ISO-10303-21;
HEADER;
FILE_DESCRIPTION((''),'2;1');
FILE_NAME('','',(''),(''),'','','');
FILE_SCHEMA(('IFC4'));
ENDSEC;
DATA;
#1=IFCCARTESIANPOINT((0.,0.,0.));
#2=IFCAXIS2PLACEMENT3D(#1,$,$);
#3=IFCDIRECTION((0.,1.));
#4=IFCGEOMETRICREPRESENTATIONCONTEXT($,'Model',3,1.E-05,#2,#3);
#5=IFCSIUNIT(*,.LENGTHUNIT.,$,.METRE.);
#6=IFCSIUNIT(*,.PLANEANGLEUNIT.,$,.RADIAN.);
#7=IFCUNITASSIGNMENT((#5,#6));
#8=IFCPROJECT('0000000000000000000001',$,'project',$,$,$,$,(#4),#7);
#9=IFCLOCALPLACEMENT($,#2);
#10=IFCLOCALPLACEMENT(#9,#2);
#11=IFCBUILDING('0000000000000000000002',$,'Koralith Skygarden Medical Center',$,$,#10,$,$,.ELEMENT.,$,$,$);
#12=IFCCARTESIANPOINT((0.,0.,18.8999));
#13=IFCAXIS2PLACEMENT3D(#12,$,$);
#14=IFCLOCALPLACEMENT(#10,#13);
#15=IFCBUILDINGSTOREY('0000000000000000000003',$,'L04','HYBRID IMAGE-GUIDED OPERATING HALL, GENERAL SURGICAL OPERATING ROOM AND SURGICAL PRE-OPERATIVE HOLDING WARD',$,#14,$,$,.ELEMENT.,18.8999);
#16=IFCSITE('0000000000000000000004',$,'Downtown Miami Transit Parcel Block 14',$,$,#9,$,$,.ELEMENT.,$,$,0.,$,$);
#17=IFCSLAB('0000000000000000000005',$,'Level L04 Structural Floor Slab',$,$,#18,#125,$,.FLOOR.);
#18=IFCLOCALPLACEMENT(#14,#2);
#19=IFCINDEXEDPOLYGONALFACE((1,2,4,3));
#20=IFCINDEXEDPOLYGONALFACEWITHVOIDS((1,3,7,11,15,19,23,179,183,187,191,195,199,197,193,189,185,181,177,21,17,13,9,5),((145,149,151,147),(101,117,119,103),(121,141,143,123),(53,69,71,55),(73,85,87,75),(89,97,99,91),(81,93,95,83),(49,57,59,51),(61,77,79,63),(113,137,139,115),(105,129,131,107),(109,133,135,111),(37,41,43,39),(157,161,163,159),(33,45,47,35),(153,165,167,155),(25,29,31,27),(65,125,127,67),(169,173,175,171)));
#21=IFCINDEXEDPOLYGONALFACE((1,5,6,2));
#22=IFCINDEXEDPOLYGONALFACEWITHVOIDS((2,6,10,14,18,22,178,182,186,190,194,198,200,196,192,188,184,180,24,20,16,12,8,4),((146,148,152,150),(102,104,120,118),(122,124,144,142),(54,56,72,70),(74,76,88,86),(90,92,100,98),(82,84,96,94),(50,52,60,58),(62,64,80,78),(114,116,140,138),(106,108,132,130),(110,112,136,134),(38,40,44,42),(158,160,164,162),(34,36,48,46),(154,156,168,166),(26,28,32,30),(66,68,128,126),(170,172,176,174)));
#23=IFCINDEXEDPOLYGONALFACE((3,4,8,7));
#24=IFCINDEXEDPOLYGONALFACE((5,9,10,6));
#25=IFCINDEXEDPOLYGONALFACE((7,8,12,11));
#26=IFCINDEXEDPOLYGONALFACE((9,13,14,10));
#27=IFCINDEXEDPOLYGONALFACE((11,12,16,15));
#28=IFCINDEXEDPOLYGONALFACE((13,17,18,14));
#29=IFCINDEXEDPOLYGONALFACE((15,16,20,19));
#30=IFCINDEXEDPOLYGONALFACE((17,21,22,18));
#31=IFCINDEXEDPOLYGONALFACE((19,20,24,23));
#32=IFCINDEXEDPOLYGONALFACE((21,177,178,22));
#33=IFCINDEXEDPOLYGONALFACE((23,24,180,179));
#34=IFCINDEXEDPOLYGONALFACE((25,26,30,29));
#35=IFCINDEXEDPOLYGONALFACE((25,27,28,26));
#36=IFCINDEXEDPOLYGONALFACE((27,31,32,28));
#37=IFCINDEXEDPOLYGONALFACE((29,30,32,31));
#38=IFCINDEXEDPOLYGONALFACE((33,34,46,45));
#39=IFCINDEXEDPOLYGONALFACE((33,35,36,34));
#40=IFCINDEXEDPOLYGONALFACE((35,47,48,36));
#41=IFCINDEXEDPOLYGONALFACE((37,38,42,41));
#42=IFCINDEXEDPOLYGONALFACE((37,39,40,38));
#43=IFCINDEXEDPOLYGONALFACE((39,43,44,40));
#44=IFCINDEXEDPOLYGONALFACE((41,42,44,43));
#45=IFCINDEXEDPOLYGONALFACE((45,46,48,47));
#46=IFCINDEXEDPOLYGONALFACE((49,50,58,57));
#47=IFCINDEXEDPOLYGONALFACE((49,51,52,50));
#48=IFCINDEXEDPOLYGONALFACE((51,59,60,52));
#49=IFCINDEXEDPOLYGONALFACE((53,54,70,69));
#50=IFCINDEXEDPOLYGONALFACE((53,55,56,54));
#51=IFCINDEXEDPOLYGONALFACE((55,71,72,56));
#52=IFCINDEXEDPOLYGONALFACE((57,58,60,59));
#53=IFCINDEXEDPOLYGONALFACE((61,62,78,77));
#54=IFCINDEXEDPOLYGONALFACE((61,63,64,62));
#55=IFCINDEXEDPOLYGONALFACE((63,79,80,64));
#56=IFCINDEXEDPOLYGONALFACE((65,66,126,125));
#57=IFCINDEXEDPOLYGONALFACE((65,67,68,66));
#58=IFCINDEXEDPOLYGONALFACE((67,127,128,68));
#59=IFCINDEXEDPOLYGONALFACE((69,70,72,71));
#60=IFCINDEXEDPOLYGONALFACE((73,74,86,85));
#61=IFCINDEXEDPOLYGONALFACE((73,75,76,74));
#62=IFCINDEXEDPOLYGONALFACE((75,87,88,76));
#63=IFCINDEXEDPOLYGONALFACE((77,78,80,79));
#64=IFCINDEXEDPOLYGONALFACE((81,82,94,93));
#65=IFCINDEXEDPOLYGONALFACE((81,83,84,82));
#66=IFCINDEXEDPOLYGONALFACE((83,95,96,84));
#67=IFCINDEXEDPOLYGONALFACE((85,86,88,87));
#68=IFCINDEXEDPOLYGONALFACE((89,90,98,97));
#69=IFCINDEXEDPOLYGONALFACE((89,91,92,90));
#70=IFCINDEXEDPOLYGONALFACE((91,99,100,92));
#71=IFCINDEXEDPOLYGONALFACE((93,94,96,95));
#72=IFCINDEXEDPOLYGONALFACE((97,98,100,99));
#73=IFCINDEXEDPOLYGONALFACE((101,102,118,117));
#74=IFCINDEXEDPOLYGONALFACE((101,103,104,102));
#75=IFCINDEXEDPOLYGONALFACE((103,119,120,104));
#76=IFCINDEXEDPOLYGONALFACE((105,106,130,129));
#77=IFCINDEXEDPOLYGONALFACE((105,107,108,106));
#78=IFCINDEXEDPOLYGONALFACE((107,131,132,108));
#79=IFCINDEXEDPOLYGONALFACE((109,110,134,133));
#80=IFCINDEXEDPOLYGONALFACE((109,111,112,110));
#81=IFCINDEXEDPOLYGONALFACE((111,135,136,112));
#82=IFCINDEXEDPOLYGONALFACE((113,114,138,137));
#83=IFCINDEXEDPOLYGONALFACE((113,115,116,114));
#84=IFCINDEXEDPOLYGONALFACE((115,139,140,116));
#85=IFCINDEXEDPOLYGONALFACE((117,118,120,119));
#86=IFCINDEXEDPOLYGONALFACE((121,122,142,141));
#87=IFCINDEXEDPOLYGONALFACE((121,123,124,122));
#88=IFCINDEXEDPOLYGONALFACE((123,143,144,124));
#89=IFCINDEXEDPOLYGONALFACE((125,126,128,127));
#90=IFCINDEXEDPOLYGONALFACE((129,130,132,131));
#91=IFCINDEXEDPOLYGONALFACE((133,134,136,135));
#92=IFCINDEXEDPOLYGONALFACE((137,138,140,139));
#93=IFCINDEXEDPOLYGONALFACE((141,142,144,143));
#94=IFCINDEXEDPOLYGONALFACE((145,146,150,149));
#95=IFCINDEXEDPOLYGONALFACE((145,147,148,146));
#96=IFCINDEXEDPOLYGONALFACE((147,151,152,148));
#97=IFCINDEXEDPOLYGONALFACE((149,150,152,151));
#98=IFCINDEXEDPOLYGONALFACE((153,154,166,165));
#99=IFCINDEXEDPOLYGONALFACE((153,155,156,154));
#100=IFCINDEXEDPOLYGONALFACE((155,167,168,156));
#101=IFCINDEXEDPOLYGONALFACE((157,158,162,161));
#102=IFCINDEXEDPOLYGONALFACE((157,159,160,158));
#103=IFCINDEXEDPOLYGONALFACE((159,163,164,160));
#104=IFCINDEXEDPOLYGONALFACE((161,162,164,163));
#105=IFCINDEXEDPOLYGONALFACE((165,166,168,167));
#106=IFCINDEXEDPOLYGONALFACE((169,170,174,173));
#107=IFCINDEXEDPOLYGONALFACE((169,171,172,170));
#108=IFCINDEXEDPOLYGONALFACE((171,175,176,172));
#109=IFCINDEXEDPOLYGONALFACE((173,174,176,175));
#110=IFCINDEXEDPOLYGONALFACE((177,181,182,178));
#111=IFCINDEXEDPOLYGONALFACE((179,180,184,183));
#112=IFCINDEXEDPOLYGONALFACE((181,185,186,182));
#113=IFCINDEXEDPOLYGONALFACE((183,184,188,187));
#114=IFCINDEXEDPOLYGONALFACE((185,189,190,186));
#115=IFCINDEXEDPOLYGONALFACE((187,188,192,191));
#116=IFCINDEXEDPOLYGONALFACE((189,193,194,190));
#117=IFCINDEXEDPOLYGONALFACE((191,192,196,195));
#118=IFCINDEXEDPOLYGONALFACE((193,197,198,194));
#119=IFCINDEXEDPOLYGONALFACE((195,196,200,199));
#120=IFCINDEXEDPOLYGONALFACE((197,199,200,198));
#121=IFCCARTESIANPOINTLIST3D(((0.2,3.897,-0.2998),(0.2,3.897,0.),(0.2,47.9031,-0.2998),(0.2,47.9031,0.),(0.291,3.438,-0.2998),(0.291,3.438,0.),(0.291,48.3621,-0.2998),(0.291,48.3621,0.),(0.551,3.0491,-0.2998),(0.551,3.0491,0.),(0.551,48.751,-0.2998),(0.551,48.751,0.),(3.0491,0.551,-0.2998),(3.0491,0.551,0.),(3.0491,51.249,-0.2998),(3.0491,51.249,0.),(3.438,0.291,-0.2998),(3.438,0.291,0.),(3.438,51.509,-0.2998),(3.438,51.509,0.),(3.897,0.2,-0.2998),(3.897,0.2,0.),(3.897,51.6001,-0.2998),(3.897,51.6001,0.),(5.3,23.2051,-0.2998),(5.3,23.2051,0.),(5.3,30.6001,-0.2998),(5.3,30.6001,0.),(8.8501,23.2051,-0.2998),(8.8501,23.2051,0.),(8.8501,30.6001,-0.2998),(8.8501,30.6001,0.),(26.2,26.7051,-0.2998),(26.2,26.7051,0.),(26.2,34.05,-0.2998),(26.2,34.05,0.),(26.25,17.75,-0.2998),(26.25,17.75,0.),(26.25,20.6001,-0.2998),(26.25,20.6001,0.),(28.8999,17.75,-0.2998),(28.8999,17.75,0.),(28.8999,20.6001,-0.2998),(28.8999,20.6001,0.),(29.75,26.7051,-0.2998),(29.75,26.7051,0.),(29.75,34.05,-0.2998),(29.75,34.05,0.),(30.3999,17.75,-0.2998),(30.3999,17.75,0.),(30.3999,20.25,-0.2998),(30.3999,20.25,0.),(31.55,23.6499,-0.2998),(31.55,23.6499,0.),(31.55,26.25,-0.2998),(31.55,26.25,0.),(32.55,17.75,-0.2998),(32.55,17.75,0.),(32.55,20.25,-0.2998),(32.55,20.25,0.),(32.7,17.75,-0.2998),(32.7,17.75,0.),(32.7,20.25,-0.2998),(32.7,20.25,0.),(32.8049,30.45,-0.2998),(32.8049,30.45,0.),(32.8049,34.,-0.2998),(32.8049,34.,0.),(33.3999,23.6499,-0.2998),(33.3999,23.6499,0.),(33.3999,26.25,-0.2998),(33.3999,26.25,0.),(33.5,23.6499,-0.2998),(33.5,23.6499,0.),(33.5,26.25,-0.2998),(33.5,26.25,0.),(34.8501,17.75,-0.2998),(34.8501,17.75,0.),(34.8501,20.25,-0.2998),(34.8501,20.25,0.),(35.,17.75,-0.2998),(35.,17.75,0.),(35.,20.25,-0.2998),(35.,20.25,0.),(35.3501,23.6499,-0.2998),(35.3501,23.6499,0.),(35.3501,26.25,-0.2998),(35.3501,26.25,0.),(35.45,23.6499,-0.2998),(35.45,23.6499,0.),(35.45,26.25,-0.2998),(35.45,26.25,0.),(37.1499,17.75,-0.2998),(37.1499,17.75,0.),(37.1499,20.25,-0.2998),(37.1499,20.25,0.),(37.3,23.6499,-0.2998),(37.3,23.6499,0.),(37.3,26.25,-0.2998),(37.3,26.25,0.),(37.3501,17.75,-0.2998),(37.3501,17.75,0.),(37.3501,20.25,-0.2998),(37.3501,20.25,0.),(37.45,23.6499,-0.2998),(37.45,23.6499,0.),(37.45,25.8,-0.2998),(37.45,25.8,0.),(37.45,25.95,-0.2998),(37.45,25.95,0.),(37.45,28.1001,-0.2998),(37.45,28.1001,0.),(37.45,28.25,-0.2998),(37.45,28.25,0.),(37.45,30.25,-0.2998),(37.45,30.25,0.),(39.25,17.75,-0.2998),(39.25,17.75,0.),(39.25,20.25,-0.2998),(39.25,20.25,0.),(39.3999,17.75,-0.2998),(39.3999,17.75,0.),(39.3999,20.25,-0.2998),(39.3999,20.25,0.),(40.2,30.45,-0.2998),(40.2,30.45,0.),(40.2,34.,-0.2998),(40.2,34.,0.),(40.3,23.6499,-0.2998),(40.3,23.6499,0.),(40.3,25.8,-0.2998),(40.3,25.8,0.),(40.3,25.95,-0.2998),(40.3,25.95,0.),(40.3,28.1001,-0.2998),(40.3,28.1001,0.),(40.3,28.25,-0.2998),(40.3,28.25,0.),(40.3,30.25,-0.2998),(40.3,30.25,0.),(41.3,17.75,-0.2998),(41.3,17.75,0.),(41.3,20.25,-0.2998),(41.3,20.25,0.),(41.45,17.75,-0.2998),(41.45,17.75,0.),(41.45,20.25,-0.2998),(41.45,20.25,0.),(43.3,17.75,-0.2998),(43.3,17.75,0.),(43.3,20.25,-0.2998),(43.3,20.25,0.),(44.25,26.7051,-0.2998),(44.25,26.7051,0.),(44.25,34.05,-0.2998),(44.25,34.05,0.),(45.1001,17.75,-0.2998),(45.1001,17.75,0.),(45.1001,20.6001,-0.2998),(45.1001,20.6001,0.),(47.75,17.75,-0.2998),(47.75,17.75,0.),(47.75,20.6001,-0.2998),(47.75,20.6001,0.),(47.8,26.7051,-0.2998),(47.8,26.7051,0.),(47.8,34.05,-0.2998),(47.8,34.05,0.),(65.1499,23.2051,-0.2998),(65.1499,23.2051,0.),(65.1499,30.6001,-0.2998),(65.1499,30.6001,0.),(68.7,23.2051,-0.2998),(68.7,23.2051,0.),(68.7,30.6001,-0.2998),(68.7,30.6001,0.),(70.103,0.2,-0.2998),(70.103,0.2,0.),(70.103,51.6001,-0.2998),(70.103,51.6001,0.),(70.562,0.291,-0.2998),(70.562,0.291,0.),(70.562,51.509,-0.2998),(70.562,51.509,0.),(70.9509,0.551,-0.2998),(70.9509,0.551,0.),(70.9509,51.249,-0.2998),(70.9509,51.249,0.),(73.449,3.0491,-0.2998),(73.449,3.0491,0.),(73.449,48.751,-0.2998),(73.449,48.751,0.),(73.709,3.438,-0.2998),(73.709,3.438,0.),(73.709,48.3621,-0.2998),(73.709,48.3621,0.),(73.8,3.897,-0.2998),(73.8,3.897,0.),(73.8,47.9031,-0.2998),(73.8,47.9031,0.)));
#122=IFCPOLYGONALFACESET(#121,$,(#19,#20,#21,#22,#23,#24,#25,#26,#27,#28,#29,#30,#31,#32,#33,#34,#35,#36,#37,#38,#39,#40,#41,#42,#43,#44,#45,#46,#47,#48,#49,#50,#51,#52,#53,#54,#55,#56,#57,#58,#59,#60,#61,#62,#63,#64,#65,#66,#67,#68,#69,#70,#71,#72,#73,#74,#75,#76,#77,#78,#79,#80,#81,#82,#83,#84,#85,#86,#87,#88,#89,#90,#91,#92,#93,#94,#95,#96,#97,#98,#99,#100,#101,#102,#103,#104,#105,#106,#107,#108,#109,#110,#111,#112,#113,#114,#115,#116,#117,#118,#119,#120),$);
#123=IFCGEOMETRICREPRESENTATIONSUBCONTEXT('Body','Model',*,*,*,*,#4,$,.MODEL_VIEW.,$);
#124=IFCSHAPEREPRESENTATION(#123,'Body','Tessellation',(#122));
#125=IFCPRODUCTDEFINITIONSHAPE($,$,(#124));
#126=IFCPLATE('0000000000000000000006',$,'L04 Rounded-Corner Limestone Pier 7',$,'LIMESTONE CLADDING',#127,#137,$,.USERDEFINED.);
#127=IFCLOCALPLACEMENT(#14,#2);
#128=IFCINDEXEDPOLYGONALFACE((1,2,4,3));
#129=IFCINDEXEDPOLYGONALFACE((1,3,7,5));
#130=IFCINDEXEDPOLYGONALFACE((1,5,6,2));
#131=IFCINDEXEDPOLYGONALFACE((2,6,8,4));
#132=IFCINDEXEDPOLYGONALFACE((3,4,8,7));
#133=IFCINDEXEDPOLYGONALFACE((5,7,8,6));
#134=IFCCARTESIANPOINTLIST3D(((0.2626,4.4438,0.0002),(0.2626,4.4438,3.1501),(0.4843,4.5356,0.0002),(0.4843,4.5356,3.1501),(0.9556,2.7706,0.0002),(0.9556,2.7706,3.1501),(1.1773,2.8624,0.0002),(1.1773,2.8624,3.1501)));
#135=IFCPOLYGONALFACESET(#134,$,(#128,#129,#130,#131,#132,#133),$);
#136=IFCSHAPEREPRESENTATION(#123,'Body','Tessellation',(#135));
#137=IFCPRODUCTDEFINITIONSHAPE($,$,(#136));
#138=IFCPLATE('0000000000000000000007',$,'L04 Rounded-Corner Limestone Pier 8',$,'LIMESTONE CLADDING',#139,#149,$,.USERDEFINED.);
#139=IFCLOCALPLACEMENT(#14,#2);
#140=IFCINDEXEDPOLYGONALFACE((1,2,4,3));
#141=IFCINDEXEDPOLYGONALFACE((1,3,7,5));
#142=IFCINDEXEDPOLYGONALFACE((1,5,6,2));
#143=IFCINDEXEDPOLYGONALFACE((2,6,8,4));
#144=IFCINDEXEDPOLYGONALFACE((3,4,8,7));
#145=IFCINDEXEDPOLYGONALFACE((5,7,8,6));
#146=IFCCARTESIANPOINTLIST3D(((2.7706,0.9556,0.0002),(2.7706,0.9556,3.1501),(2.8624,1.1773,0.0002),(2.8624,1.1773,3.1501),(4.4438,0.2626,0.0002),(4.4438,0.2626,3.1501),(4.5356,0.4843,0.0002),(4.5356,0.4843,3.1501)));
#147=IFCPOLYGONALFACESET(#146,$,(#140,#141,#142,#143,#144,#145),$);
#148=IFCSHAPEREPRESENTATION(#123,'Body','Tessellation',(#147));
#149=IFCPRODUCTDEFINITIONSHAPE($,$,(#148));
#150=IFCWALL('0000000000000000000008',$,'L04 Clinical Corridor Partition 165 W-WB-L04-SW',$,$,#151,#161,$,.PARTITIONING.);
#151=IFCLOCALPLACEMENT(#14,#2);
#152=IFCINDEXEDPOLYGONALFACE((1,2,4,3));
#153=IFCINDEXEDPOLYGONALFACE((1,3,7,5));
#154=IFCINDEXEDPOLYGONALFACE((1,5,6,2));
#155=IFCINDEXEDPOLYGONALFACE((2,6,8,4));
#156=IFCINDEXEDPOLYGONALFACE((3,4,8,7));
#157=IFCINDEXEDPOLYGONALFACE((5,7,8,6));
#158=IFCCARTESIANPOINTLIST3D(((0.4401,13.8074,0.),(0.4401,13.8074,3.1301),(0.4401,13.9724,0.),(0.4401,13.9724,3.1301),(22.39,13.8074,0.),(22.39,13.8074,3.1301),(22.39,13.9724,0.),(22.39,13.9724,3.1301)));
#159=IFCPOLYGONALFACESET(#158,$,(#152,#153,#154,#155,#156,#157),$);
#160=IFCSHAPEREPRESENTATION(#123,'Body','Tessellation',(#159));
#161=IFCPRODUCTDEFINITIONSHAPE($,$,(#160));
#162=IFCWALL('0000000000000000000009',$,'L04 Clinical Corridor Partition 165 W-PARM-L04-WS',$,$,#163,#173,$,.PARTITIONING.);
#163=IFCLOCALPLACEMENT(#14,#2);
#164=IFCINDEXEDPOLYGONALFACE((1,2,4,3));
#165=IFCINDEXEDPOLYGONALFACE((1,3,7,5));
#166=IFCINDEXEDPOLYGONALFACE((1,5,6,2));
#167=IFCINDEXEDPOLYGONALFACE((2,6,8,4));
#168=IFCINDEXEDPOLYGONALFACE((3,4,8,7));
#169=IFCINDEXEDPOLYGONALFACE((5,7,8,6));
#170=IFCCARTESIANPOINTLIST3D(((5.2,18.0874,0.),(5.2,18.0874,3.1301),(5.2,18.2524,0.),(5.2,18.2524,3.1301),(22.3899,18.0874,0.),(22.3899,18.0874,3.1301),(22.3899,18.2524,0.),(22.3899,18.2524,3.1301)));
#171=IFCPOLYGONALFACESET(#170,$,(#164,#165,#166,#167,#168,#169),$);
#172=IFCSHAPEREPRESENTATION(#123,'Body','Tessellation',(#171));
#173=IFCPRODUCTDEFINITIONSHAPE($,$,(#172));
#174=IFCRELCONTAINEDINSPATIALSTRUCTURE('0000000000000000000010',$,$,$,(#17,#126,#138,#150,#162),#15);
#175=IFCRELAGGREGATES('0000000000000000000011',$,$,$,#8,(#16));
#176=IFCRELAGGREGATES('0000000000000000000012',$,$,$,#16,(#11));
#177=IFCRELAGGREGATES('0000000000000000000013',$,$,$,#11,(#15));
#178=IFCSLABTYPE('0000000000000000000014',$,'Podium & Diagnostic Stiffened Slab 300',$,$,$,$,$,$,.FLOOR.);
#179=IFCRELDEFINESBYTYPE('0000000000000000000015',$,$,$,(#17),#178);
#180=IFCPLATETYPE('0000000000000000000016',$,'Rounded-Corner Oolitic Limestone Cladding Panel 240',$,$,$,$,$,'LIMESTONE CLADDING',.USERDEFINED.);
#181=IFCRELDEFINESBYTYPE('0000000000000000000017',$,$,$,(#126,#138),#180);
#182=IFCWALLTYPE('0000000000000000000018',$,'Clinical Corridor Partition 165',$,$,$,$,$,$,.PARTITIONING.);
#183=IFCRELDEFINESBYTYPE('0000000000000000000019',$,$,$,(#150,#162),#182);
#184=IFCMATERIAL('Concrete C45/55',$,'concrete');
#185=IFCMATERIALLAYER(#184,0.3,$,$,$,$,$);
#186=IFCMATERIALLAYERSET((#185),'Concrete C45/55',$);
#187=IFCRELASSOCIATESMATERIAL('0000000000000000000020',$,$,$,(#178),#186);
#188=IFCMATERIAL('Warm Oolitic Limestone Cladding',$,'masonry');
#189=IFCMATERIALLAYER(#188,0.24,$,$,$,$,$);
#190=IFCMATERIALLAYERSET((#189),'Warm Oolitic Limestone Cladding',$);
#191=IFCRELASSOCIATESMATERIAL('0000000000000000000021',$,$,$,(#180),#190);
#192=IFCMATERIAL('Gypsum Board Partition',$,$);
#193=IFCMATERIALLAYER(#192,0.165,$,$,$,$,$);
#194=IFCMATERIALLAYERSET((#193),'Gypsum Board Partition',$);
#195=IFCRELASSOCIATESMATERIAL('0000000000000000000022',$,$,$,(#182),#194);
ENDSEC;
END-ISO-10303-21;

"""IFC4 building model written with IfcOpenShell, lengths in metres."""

from ifc_helpers import new_model, si_unit, direction, frame, frame_2d, origin, origin_2d, place, context, subcontext, project, spatial, polyline, rectangle, outline, extrude, material, layer, layer_set, type_object, element, save


model = new_model("IFC4")

# Units and contexts
model_context = context("Model", 3, precision=1e-05, world=origin(), true_north=direction((0.0, 1.0)))
body_context = subcontext(model_context, "Body", "Model", "MODEL_VIEW")
ifc_project = project(units=[si_unit("LENGTHUNIT", "METRE"), si_unit("PLANEANGLEUNIT", "RADIAN")], contexts=[model_context])

# Site, building, storey
site_placement = place(None, origin())
site = spatial("IfcSite", under=ifc_project, at=site_placement, Name="Downtown Miami Transit Parcel Block 14", CompositionType="ELEMENT", RefElevation=0.0)
building_placement = place(site_placement, origin())
building = spatial("IfcBuilding", under=site, at=building_placement, Name="Koralith Skygarden Medical Center", CompositionType="ELEMENT")
storey_placement = place(building_placement, frame((0.0, 0.0, 18.8999)))
storey = spatial("IfcBuildingStorey", under=building, at=storey_placement, Name="L04", Description="HYBRID IMAGE-GUIDED OPERATING HALL, GENERAL SURGICAL OPERATING ROOM AND SURGICAL PRE-OPERATIVE HOLDING WARD", CompositionType="ELEMENT", Elevation=18.8999)

# Shared definitions
ifc_material_1 = material(Name="Concrete C45/55", Category="concrete")

# Slab
ifc_layer_1 = layer(ifc_material_1, 0.3)
ifc_layer_set_1 = layer_set([ifc_layer_1], Name="Concrete C45/55")
slab_type_1 = type_object("IfcSlabType", Name="Podium & Diagnostic Stiffened Slab 300", PredefinedType="FLOOR", material=ifc_layer_set_1)
slab_1_placement = place(storey_placement, frame((0.0, 0.0, -0.2998)))
element("IfcSlab", 1, at=slab_1_placement, inside=storey, type_object=slab_type_1, Name="Level L04 Structural Floor Slab", PredefinedType="FLOOR", context=body_context, shape_type="SweptSolid", body=[
    extrude(outline(polyline([(3.0491, 0.551), (3.438, 0.291), (3.897, 0.2), (70.103, 0.2), (70.562, 0.291), (70.9509, 0.551), (73.449, 3.0491), (73.709, 3.438), (73.8, 3.897), (73.8, 47.9031), (73.709, 48.3621), (73.449, 48.751), (70.9509, 51.249), (70.562, 51.509), (70.103, 51.6001), (3.897, 51.6001), (3.438, 51.509), (3.0491, 51.249), (0.551, 48.751), (0.291, 48.3621), (0.2, 47.9031), (0.2, 3.897), (0.291, 3.438), (0.551, 3.0491), (3.0491, 0.551)]), holes=[polyline([(26.2, 26.7051), (29.75, 26.7051), (29.75, 34.05), (26.2, 34.05), (26.2, 26.7051)]), polyline([(44.25, 26.7051), (47.8, 26.7051), (47.8, 34.05), (44.25, 34.05), (44.25, 26.7051)]), polyline([(32.8049, 30.45), (40.2, 30.45), (40.2, 34.0), (32.8049, 34.0), (32.8049, 30.45)]), polyline([(5.3, 23.2051), (8.8501, 23.2051), (8.8501, 30.6001), (5.3, 30.6001), (5.3, 23.2051)]), polyline([(65.1499, 23.2051), (68.7, 23.2051), (68.7, 30.6001), (65.1499, 30.6001), (65.1499, 23.2051)]), polyline([(26.25, 17.75), (28.8999, 17.75), (28.8999, 20.6001), (26.25, 20.6001), (26.25, 17.75)]), polyline([(45.1001, 17.75), (47.75, 17.75), (47.75, 20.6001), (45.1001, 20.6001), (45.1001, 17.75)]), polyline([(30.3999, 17.75), (32.55, 17.75), (32.55, 20.25), (30.3999, 20.25), (30.3999, 17.75)]), polyline([(32.7, 17.75), (34.8501, 17.75), (34.8501, 20.25), (32.7, 20.25), (32.7, 17.75)]), polyline([(35.0, 17.75), (37.1499, 17.75), (37.1499, 20.25), (35.0, 20.25), (35.0, 17.75)]), polyline([(37.3501, 17.75), (39.25, 17.75), (39.25, 20.25), (37.3501, 20.25), (37.3501, 17.75)]), polyline([(39.3999, 17.75), (41.3, 17.75), (41.3, 20.25), (39.3999, 20.25), (39.3999, 17.75)]), polyline([(41.45, 17.75), (43.3, 17.75), (43.3, 20.25), (41.45, 20.25), (41.45, 17.75)]), polyline([(31.55, 23.6499), (33.3999, 23.6499), (33.3999, 26.25), (31.55, 26.25), (31.55, 23.6499)]), polyline([(33.5, 23.6499), (35.3501, 23.6499), (35.3501, 26.25), (33.5, 26.25), (33.5, 23.6499)]), polyline([(35.45, 23.6499), (37.3, 23.6499), (37.3, 26.25), (35.45, 26.25), (35.45, 23.6499)]), polyline([(37.45, 23.6499), (40.3, 23.6499), (40.3, 25.8), (37.45, 25.8), (37.45, 23.6499)]), polyline([(37.45, 25.95), (40.3, 25.95), (40.3, 28.1001), (37.45, 28.1001), (37.45, 25.95)]), polyline([(37.45, 28.25), (40.3, 28.25), (40.3, 30.25), (37.45, 30.25), (37.45, 28.25)])]), origin(), (0.0, 0.0, 1.0), 0.2998),
])

# Plates
ifc_material_2 = material(Name="Warm Oolitic Limestone Cladding", Category="masonry")
ifc_layer_2 = layer(ifc_material_2, 0.24)
ifc_layer_set_2 = layer_set([ifc_layer_2], Name="Warm Oolitic Limestone Cladding")
plate_type_1 = type_object("IfcPlateType", Name="Rounded-Corner Oolitic Limestone Cladding Panel 240", ElementType="LIMESTONE CLADDING", PredefinedType="USERDEFINED", material=ifc_layer_set_2)
for number, where, z_axis, x_axis, name in (
    (2, (0.72, 3.6531, 0.0002), (0.0, 0.0, 1.0), (0.382671, -0.923885, 0.0), "L04 Rounded-Corner Limestone Pier 7"),
    (3, (3.6531, 0.72, 0.0002), (0.0, 0.0, 1.0), (0.923885, -0.382671, 0.0), "L04 Rounded-Corner Limestone Pier 8"),
):
    element("IfcPlate", number, at=place(storey_placement, frame(where, z_axis=z_axis, x_axis=x_axis)), inside=storey, type_object=plate_type_1, Name=name, ObjectType="LIMESTONE CLADDING", PredefinedType="USERDEFINED", context=body_context, shape_type="SweptSolid", body=[
        extrude(rectangle(XDim=1.811, YDim=0.24, at=origin_2d()), origin(), (0.0, 0.0, 1.0), 3.1499),
    ])

# Walls
ifc_material_3 = material(Name="Gypsum Board Partition")
ifc_layer_3 = layer(ifc_material_3, 0.165)
ifc_layer_set_3 = layer_set([ifc_layer_3], Name="Gypsum Board Partition")
wall_type_1 = type_object("IfcWallType", Name="Clinical Corridor Partition 165", PredefinedType="PARTITIONING", material=ifc_layer_set_3)
wall_1_placement = place(storey_placement, frame((0.4399, 13.8899, 0.0), z_axis=(0.0, 0.0, 1.0), x_axis=(1.0, 0.0, 0.0)))
element("IfcWall", 4, at=wall_1_placement, inside=storey, type_object=wall_type_1, Name="L04 Clinical Corridor Partition 165 W-WB-L04-SW", PredefinedType="PARTITIONING", context=body_context, shape_type="SweptSolid", body=[
    extrude(rectangle(XDim=21.95, YDim=0.165, at=frame_2d((10.9751, 0.0))), origin(), (0.0, 0.0, 1.0), 3.1301),
])
wall_2_placement = place(storey_placement, frame((5.2, 18.1699, 0.0), z_axis=(0.0, 0.0, 1.0), x_axis=(1.0, 0.0, 0.0)))
element("IfcWall", 5, at=wall_2_placement, inside=storey, type_object=wall_type_1, Name="L04 Clinical Corridor Partition 165 W-PARM-L04-WS", PredefinedType="PARTITIONING", context=body_context, shape_type="SweptSolid", body=[
    extrude(rectangle(XDim=17.1899, YDim=0.165, at=frame_2d((8.595, 0.0))), origin(), (0.0, 0.0, 1.0), 3.1301),
])

save(model, "model.ifc")
